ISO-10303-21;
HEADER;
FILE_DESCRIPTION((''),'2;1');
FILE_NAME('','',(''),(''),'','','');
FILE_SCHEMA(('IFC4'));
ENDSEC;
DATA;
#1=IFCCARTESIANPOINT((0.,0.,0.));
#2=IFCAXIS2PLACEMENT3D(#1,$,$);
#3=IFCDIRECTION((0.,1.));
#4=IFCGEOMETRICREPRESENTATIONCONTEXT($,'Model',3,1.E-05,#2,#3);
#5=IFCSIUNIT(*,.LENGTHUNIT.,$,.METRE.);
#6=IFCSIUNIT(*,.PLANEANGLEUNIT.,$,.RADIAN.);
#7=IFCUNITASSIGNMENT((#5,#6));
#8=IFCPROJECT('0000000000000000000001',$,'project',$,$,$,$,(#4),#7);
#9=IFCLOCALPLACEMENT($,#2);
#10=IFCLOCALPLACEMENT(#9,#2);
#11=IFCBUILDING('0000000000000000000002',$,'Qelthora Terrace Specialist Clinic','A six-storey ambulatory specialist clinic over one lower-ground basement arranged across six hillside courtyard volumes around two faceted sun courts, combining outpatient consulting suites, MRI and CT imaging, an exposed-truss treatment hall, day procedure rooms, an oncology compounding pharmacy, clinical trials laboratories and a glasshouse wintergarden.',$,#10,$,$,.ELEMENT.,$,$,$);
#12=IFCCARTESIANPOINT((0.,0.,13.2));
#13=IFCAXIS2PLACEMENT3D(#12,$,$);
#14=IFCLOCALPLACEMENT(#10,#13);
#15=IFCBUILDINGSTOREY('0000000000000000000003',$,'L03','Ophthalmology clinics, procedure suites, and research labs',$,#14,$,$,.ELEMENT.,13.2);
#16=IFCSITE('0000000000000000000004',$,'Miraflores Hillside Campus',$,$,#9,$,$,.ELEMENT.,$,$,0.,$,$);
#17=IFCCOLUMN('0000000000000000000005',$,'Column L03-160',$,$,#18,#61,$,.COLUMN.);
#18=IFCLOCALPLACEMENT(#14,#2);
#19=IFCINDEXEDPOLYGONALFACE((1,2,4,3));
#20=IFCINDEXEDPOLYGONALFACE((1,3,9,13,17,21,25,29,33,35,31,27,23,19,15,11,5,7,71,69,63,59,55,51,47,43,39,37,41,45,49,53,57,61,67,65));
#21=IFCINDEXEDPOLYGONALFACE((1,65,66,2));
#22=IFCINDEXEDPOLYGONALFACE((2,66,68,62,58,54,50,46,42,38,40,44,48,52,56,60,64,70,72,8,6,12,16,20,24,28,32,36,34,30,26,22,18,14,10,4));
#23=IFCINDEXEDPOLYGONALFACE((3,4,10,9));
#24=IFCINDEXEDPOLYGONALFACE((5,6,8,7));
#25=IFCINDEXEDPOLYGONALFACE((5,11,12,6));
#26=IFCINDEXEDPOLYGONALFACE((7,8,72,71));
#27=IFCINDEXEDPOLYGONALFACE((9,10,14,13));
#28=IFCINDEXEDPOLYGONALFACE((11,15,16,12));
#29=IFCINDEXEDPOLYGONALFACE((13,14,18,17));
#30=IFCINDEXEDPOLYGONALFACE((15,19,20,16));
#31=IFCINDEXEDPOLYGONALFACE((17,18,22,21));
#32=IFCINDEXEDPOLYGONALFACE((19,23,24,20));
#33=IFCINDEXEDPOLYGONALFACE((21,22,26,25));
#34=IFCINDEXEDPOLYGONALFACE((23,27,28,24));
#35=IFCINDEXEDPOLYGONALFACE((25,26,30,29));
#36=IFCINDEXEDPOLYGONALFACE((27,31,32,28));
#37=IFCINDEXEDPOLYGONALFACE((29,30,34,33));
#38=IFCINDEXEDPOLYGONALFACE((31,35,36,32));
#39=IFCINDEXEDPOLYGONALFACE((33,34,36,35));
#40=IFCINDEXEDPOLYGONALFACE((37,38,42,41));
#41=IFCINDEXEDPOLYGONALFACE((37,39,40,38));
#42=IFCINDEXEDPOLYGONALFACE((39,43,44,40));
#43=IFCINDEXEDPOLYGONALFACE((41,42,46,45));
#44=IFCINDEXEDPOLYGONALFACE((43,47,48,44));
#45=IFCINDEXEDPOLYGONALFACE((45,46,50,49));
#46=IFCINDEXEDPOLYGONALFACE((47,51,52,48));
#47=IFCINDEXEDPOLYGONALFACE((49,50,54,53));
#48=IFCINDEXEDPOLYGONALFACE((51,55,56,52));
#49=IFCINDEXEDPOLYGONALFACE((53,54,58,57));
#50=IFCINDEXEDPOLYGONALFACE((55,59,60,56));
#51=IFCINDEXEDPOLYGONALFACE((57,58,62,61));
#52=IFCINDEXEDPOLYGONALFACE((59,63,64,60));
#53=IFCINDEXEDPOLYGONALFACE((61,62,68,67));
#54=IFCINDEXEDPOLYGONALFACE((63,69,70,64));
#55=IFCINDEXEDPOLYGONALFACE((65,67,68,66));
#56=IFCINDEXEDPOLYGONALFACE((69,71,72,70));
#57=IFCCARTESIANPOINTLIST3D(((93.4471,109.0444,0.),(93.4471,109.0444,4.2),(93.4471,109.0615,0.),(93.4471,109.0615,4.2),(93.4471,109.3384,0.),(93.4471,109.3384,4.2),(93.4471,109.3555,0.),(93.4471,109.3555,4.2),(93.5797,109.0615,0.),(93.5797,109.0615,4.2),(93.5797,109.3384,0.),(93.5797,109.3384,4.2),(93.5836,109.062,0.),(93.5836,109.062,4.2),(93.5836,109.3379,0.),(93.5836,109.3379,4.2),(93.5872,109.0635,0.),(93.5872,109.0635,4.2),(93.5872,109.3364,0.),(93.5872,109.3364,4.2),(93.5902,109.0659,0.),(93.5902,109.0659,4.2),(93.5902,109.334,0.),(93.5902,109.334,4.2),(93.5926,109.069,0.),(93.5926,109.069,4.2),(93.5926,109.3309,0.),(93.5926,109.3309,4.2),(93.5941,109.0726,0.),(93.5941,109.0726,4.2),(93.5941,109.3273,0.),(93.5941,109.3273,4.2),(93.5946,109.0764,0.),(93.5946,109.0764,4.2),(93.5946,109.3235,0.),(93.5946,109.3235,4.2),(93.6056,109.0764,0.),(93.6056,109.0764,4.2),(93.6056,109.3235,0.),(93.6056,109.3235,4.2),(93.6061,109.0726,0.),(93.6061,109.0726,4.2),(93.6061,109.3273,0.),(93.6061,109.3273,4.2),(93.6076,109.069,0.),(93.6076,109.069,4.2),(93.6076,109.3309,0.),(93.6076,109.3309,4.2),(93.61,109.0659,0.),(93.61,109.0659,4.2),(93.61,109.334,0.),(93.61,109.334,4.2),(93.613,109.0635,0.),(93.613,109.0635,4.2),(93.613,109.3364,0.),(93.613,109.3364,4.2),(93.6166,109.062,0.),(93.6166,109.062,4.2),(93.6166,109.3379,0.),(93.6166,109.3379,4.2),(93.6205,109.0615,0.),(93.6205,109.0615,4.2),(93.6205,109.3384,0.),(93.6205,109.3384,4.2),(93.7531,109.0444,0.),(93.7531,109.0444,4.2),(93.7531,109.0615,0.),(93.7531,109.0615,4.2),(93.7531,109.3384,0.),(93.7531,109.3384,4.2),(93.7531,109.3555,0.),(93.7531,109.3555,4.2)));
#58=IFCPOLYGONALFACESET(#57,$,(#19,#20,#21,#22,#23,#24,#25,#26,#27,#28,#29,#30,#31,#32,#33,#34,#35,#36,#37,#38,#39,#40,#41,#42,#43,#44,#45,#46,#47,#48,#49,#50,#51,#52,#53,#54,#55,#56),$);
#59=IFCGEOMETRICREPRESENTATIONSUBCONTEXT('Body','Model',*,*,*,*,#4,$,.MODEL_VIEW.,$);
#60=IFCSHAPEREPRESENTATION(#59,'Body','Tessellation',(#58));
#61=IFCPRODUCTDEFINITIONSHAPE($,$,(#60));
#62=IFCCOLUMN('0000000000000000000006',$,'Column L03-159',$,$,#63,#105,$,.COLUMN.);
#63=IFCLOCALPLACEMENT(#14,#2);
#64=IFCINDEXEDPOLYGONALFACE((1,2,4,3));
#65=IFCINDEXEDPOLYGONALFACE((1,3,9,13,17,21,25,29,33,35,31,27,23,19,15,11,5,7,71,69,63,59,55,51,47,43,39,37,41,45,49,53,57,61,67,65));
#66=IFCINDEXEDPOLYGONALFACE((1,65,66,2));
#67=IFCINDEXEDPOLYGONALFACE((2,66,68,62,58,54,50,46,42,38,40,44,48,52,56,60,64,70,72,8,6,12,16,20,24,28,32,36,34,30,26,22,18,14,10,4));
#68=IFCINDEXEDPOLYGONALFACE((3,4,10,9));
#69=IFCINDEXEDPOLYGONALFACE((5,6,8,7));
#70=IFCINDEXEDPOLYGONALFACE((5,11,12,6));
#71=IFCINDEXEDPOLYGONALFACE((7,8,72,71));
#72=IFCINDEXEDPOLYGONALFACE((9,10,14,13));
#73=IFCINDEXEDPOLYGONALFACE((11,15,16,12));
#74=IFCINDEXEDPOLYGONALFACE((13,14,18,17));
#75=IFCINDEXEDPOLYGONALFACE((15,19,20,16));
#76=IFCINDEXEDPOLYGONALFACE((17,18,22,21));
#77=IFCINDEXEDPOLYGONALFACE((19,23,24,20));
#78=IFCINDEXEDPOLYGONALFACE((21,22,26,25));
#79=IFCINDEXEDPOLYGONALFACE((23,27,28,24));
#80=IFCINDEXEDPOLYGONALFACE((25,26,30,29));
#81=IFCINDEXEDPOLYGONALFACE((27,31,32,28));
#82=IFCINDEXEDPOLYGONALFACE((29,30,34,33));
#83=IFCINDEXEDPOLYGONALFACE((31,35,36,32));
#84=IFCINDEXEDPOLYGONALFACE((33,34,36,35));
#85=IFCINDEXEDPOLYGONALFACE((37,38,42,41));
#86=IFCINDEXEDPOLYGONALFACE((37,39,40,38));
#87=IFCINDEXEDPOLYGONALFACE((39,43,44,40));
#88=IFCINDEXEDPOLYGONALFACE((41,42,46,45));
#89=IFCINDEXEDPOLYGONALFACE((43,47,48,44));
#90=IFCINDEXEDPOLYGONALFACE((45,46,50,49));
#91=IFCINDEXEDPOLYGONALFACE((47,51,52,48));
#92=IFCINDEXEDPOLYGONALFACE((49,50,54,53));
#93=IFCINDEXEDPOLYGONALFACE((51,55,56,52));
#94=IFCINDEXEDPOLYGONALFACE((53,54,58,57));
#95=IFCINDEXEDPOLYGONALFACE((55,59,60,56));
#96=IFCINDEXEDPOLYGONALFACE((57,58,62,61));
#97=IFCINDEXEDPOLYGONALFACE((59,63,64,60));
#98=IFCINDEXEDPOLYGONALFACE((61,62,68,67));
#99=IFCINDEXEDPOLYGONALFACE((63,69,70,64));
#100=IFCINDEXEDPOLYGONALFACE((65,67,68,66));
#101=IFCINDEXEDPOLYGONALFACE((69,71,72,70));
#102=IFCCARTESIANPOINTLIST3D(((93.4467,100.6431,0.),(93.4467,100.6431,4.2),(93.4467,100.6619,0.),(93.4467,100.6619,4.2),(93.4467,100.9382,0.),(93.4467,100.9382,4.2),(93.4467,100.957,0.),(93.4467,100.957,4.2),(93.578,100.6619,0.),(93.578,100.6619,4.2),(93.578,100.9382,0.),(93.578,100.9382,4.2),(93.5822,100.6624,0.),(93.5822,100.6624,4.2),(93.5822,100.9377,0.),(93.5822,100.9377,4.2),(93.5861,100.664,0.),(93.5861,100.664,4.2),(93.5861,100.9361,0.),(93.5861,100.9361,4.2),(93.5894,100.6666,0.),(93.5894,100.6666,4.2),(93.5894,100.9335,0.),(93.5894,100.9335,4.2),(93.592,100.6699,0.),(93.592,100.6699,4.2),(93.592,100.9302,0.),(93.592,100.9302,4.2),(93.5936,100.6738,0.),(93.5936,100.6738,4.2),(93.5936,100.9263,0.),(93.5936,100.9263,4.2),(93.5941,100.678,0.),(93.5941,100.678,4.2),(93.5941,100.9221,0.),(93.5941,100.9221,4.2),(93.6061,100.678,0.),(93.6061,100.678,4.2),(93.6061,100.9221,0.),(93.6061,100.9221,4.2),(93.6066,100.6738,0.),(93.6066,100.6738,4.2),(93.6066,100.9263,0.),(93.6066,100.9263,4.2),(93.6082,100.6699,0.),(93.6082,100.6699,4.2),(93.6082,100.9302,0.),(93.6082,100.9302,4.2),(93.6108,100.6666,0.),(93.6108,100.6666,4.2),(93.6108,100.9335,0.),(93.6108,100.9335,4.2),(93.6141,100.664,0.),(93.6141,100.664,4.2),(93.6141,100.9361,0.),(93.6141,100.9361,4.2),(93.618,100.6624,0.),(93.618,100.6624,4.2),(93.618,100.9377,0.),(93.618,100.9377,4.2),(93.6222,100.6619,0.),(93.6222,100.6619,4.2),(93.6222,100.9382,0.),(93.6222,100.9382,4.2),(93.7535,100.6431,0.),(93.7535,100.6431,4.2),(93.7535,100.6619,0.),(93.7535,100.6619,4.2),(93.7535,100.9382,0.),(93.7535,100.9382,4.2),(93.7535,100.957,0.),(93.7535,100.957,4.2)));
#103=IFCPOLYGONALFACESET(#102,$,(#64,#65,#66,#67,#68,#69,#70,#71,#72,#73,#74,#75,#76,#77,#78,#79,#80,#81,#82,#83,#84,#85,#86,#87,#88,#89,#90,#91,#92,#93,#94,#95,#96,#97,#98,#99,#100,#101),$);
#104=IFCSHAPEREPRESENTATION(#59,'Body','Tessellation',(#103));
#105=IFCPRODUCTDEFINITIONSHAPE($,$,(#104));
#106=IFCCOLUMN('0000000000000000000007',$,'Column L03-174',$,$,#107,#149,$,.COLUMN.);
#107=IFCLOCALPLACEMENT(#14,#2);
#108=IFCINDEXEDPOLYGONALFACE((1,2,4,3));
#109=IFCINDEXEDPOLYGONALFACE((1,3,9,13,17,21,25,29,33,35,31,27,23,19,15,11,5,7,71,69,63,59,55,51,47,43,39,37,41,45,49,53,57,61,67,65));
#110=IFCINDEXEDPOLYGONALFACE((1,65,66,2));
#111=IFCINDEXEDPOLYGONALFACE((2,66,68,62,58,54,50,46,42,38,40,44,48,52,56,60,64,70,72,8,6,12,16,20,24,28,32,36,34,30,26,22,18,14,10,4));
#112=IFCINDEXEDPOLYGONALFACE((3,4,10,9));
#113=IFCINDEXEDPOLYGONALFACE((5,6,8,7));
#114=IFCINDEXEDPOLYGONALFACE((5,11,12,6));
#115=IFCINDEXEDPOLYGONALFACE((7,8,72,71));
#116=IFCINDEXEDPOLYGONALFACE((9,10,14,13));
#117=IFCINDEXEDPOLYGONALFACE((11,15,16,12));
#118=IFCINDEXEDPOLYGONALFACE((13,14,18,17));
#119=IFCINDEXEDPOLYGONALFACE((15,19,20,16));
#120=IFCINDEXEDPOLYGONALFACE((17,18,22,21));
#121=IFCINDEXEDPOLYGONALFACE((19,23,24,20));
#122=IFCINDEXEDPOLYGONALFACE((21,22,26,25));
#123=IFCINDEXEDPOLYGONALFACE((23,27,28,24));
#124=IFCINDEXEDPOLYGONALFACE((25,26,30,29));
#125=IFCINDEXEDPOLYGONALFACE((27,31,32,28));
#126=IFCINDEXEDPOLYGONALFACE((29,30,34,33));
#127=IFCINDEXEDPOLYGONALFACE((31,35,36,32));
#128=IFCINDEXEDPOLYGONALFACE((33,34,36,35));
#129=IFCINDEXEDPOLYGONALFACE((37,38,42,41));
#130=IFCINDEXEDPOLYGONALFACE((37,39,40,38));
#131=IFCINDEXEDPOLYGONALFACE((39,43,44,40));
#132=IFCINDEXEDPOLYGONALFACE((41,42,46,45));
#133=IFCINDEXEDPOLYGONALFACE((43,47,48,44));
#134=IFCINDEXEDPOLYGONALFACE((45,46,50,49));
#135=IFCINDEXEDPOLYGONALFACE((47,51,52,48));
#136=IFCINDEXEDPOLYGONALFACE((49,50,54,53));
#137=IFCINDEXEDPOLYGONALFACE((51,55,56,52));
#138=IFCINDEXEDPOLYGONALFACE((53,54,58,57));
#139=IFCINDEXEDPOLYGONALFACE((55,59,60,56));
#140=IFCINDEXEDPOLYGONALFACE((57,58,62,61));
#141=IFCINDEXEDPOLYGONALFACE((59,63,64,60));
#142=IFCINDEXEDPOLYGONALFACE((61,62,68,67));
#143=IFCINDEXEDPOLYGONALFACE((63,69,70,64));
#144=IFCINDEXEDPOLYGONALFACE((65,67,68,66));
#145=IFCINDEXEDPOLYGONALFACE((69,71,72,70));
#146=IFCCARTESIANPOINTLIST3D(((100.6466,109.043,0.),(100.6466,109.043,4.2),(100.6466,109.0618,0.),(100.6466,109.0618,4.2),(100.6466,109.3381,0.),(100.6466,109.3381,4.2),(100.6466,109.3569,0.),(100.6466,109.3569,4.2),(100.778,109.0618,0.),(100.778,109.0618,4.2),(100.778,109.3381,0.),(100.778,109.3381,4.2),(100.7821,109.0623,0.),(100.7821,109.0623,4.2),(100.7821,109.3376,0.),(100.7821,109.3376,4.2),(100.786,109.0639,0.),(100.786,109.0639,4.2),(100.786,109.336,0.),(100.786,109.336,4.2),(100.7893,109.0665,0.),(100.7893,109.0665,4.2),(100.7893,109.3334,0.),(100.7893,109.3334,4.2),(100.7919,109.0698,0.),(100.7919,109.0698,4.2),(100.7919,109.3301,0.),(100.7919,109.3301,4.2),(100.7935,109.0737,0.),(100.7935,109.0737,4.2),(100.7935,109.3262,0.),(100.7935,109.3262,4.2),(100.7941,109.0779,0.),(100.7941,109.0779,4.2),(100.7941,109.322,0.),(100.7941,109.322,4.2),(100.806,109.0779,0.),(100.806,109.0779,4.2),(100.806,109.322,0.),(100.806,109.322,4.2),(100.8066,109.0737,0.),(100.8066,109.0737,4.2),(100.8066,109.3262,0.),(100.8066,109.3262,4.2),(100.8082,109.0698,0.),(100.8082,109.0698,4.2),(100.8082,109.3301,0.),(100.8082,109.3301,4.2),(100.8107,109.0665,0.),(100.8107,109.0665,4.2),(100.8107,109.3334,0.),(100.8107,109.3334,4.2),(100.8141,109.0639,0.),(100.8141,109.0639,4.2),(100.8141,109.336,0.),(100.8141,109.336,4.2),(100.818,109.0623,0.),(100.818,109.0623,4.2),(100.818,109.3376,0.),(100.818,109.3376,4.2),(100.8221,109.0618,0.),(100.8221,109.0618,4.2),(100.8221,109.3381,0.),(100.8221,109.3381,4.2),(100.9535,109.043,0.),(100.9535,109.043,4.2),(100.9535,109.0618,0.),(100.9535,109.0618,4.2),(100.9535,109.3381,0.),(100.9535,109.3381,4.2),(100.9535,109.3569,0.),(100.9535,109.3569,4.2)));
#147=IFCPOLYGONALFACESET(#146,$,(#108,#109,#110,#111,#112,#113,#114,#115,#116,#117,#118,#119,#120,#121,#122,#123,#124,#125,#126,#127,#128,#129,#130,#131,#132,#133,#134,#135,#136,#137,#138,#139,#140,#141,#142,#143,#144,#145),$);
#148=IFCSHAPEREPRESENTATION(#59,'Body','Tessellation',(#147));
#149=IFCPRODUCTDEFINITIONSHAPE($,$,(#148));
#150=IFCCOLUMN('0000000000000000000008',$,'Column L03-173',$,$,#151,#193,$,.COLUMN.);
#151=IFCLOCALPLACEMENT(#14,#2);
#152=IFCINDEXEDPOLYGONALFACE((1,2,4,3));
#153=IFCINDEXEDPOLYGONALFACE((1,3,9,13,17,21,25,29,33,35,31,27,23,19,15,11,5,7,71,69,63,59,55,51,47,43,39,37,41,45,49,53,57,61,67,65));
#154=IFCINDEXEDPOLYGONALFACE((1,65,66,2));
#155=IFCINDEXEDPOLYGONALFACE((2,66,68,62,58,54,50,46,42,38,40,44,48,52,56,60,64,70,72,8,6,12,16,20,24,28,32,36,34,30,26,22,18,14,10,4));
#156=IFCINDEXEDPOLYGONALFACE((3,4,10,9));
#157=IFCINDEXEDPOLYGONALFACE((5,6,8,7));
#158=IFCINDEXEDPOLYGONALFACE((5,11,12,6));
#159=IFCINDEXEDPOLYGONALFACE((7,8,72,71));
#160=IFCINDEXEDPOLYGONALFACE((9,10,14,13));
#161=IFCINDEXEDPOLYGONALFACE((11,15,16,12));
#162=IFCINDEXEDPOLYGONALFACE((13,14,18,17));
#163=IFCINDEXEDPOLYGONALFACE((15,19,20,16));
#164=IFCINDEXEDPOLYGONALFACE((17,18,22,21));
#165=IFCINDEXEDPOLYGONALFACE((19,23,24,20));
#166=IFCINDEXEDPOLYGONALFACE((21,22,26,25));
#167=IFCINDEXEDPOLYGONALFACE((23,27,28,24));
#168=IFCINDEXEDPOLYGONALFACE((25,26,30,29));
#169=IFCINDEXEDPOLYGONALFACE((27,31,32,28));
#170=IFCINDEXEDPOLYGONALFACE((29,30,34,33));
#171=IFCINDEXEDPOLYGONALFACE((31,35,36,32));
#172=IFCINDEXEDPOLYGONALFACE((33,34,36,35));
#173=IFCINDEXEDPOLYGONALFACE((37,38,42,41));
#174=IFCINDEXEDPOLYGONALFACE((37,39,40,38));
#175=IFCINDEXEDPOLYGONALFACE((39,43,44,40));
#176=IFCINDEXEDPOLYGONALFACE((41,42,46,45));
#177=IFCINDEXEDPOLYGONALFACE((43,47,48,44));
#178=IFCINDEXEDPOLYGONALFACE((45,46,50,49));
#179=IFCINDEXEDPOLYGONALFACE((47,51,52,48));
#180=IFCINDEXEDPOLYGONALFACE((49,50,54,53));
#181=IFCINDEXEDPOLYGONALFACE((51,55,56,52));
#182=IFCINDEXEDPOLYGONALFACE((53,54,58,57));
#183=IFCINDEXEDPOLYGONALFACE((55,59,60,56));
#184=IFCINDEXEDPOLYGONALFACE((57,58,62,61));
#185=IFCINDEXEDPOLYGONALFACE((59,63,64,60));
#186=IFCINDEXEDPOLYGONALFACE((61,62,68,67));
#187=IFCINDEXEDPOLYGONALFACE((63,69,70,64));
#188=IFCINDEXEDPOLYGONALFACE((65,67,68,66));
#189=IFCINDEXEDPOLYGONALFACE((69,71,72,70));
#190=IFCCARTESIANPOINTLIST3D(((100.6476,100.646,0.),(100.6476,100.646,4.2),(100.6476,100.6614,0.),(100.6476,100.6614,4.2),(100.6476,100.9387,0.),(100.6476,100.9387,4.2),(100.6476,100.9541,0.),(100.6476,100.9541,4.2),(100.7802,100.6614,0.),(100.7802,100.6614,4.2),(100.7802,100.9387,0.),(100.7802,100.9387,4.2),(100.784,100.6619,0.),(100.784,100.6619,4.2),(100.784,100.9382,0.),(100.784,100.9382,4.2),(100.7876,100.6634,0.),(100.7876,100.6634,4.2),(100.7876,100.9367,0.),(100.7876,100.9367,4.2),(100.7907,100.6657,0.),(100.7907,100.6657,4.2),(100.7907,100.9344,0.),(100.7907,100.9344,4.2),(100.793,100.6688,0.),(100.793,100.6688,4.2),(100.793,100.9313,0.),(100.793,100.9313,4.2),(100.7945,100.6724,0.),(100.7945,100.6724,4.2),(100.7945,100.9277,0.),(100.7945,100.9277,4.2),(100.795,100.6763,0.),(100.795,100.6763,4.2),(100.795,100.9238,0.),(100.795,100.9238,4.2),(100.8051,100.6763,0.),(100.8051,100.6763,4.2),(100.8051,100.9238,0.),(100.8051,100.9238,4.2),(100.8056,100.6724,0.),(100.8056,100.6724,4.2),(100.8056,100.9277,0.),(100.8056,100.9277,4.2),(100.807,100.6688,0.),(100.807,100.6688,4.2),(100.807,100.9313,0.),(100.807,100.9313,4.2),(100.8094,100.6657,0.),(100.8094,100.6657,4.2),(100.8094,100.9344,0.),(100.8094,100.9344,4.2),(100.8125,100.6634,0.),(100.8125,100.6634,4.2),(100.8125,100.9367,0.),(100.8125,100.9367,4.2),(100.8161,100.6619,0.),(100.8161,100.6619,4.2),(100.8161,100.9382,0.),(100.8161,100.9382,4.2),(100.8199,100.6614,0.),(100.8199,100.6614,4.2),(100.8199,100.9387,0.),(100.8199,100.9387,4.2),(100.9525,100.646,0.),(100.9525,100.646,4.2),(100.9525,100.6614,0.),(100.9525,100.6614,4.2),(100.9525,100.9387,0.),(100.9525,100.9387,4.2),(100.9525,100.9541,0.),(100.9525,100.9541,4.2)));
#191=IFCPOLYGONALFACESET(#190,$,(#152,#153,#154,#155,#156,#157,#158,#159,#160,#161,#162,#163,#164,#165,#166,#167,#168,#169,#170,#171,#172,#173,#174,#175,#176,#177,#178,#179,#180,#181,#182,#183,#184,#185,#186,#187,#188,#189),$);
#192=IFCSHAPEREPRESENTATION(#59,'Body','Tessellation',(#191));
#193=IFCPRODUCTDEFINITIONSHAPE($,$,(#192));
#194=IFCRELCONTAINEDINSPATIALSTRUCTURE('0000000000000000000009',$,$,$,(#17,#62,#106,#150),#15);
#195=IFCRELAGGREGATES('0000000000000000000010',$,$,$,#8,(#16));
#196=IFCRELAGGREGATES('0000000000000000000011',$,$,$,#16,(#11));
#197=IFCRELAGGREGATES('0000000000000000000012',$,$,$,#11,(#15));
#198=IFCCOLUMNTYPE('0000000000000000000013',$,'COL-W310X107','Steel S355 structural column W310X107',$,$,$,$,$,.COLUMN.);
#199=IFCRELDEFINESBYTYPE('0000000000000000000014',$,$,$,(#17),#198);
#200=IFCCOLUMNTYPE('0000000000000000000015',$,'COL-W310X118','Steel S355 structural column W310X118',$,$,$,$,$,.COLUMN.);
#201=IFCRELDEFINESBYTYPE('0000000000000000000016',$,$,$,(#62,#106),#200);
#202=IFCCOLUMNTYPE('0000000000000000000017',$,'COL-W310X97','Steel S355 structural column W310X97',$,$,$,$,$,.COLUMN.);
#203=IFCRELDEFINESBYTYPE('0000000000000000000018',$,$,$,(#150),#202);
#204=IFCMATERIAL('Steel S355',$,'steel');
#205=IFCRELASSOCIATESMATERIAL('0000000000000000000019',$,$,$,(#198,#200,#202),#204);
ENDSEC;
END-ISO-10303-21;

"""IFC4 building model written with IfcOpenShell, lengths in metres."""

from ifc_helpers import new_model, si_unit, direction, frame, origin, origin_2d, place, context, subcontext, project, spatial, i_section, extrude, material, material_profile, profile_set, type_object, element, save


model = new_model("IFC4")

# Units and contexts
model_context = context("Model", 3, precision=1e-05, world=origin(), true_north=direction((0.0, 1.0)))
body_context = subcontext(model_context, "Body", "Model", "MODEL_VIEW")
ifc_project = project(units=[si_unit("LENGTHUNIT", "METRE"), si_unit("PLANEANGLEUNIT", "RADIAN")], contexts=[model_context])

# Site, building, storey
site_placement = place(None, origin())
site = spatial("IfcSite", under=ifc_project, at=site_placement, Name="Miraflores Hillside Campus", CompositionType="ELEMENT", RefElevation=0.0)
building_placement = place(site_placement, origin())
building = spatial("IfcBuilding", under=site, at=building_placement, Name="Qelthora Terrace Specialist Clinic", Description="A six-storey ambulatory specialist clinic over one lower-ground basement arranged across six hillside courtyard volumes around two faceted sun courts, combining outpatient consulting suites, MRI and CT imaging, an exposed-truss treatment hall, day procedure rooms, an oncology compounding pharmacy, clinical trials laboratories and a glasshouse wintergarden.", CompositionType="ELEMENT")
storey_placement = place(building_placement, frame((0.0, 0.0, 13.2)))
storey = spatial("IfcBuildingStorey", under=building, at=storey_placement, Name="L03", Description="Ophthalmology clinics, procedure suites, and research labs", CompositionType="ELEMENT", Elevation=13.2)

# Columns
ifc_material_1 = material(Name="Steel S355", Category="steel")
ifc_material_profile_1 = material_profile(ifc_material_1, i_section(OverallWidth=0.3059, OverallDepth=0.311, WebThickness=0.011, FlangeThickness=0.0171, FilletRadius=0.0149, at=origin_2d()), Name="W310X107")
ifc_profile_set_1 = profile_set([ifc_material_profile_1], Name="Steel S355")
column_type_1 = type_object("IfcColumnType", Name="COL-W310X107", Description="Steel S355 structural column W310X107", PredefinedType="COLUMN", material=ifc_profile_set_1)
column_1_placement = place(storey_placement, frame((93.6001, 109.2, 0.0), z_axis=(0.0, 0.0, 1.0), x_axis=(1.0, 0.0, 0.0)))
element("IfcColumn", 1, at=column_1_placement, inside=storey, type_object=column_type_1, Name="Column L03-160", PredefinedType="COLUMN", context=body_context, shape_type="SweptSolid", body=[
    extrude(i_section(OverallWidth=0.3059, OverallDepth=0.311, WebThickness=0.011, FlangeThickness=0.0171, FilletRadius=0.0149, at=origin_2d()), origin(), (0.0, 0.0, 1.0), 4.2),
])
ifc_material_profile_2 = material_profile(ifc_material_1, i_section(OverallWidth=0.3069, OverallDepth=0.314, WebThickness=0.012, FlangeThickness=0.0188, FilletRadius=0.0161, at=origin_2d()), Name="W310X118")
ifc_profile_set_2 = profile_set([ifc_material_profile_2], Name="Steel S355")
column_type_2 = type_object("IfcColumnType", Name="COL-W310X118", Description="Steel S355 structural column W310X118", PredefinedType="COLUMN", material=ifc_profile_set_2)
for number, where, z_axis, x_axis, name in (
    (2, (93.6001, 100.8, 0.0), (0.0, 0.0, 1.0), (1.0, 0.0, 0.0), "Column L03-159"),
    (3, (100.8, 109.2, 0.0), (0.0, 0.0, 1.0), (1.0, 0.0, 0.0), "Column L03-174"),
):
    element("IfcColumn", number, at=place(storey_placement, frame(where, z_axis=z_axis, x_axis=x_axis)), inside=storey, type_object=column_type_2, Name=name, PredefinedType="COLUMN", context=body_context, shape_type="SweptSolid", body=[
        extrude(i_section(OverallWidth=0.3069, OverallDepth=0.314, WebThickness=0.012, FlangeThickness=0.0188, FilletRadius=0.0161, at=origin_2d()), origin(), (0.0, 0.0, 1.0), 4.2),
    ])
ifc_material_profile_3 = material_profile(ifc_material_1, i_section(OverallWidth=0.3049, OverallDepth=0.3081, WebThickness=0.01, FlangeThickness=0.0154, FilletRadius=0.0149, at=origin_2d()), Name="W310X97")
ifc_profile_set_3 = profile_set([ifc_material_profile_3], Name="Steel S355")
column_type_3 = type_object("IfcColumnType", Name="COL-W310X97", Description="Steel S355 structural column W310X97", PredefinedType="COLUMN", material=ifc_profile_set_3)
column_2_placement = place(storey_placement, frame((100.8, 100.8, 0.0), z_axis=(0.0, 0.0, 1.0), x_axis=(1.0, 0.0, 0.0)))
element("IfcColumn", 4, at=column_2_placement, inside=storey, type_object=column_type_3, Name="Column L03-173", PredefinedType="COLUMN", context=body_context, shape_type="SweptSolid", body=[
    extrude(i_section(OverallWidth=0.3049, OverallDepth=0.3081, WebThickness=0.01, FlangeThickness=0.0154, FilletRadius=0.0149, at=origin_2d()), origin(), (0.0, 0.0, 1.0), 4.2),
])

save(model, "model.ifc")
